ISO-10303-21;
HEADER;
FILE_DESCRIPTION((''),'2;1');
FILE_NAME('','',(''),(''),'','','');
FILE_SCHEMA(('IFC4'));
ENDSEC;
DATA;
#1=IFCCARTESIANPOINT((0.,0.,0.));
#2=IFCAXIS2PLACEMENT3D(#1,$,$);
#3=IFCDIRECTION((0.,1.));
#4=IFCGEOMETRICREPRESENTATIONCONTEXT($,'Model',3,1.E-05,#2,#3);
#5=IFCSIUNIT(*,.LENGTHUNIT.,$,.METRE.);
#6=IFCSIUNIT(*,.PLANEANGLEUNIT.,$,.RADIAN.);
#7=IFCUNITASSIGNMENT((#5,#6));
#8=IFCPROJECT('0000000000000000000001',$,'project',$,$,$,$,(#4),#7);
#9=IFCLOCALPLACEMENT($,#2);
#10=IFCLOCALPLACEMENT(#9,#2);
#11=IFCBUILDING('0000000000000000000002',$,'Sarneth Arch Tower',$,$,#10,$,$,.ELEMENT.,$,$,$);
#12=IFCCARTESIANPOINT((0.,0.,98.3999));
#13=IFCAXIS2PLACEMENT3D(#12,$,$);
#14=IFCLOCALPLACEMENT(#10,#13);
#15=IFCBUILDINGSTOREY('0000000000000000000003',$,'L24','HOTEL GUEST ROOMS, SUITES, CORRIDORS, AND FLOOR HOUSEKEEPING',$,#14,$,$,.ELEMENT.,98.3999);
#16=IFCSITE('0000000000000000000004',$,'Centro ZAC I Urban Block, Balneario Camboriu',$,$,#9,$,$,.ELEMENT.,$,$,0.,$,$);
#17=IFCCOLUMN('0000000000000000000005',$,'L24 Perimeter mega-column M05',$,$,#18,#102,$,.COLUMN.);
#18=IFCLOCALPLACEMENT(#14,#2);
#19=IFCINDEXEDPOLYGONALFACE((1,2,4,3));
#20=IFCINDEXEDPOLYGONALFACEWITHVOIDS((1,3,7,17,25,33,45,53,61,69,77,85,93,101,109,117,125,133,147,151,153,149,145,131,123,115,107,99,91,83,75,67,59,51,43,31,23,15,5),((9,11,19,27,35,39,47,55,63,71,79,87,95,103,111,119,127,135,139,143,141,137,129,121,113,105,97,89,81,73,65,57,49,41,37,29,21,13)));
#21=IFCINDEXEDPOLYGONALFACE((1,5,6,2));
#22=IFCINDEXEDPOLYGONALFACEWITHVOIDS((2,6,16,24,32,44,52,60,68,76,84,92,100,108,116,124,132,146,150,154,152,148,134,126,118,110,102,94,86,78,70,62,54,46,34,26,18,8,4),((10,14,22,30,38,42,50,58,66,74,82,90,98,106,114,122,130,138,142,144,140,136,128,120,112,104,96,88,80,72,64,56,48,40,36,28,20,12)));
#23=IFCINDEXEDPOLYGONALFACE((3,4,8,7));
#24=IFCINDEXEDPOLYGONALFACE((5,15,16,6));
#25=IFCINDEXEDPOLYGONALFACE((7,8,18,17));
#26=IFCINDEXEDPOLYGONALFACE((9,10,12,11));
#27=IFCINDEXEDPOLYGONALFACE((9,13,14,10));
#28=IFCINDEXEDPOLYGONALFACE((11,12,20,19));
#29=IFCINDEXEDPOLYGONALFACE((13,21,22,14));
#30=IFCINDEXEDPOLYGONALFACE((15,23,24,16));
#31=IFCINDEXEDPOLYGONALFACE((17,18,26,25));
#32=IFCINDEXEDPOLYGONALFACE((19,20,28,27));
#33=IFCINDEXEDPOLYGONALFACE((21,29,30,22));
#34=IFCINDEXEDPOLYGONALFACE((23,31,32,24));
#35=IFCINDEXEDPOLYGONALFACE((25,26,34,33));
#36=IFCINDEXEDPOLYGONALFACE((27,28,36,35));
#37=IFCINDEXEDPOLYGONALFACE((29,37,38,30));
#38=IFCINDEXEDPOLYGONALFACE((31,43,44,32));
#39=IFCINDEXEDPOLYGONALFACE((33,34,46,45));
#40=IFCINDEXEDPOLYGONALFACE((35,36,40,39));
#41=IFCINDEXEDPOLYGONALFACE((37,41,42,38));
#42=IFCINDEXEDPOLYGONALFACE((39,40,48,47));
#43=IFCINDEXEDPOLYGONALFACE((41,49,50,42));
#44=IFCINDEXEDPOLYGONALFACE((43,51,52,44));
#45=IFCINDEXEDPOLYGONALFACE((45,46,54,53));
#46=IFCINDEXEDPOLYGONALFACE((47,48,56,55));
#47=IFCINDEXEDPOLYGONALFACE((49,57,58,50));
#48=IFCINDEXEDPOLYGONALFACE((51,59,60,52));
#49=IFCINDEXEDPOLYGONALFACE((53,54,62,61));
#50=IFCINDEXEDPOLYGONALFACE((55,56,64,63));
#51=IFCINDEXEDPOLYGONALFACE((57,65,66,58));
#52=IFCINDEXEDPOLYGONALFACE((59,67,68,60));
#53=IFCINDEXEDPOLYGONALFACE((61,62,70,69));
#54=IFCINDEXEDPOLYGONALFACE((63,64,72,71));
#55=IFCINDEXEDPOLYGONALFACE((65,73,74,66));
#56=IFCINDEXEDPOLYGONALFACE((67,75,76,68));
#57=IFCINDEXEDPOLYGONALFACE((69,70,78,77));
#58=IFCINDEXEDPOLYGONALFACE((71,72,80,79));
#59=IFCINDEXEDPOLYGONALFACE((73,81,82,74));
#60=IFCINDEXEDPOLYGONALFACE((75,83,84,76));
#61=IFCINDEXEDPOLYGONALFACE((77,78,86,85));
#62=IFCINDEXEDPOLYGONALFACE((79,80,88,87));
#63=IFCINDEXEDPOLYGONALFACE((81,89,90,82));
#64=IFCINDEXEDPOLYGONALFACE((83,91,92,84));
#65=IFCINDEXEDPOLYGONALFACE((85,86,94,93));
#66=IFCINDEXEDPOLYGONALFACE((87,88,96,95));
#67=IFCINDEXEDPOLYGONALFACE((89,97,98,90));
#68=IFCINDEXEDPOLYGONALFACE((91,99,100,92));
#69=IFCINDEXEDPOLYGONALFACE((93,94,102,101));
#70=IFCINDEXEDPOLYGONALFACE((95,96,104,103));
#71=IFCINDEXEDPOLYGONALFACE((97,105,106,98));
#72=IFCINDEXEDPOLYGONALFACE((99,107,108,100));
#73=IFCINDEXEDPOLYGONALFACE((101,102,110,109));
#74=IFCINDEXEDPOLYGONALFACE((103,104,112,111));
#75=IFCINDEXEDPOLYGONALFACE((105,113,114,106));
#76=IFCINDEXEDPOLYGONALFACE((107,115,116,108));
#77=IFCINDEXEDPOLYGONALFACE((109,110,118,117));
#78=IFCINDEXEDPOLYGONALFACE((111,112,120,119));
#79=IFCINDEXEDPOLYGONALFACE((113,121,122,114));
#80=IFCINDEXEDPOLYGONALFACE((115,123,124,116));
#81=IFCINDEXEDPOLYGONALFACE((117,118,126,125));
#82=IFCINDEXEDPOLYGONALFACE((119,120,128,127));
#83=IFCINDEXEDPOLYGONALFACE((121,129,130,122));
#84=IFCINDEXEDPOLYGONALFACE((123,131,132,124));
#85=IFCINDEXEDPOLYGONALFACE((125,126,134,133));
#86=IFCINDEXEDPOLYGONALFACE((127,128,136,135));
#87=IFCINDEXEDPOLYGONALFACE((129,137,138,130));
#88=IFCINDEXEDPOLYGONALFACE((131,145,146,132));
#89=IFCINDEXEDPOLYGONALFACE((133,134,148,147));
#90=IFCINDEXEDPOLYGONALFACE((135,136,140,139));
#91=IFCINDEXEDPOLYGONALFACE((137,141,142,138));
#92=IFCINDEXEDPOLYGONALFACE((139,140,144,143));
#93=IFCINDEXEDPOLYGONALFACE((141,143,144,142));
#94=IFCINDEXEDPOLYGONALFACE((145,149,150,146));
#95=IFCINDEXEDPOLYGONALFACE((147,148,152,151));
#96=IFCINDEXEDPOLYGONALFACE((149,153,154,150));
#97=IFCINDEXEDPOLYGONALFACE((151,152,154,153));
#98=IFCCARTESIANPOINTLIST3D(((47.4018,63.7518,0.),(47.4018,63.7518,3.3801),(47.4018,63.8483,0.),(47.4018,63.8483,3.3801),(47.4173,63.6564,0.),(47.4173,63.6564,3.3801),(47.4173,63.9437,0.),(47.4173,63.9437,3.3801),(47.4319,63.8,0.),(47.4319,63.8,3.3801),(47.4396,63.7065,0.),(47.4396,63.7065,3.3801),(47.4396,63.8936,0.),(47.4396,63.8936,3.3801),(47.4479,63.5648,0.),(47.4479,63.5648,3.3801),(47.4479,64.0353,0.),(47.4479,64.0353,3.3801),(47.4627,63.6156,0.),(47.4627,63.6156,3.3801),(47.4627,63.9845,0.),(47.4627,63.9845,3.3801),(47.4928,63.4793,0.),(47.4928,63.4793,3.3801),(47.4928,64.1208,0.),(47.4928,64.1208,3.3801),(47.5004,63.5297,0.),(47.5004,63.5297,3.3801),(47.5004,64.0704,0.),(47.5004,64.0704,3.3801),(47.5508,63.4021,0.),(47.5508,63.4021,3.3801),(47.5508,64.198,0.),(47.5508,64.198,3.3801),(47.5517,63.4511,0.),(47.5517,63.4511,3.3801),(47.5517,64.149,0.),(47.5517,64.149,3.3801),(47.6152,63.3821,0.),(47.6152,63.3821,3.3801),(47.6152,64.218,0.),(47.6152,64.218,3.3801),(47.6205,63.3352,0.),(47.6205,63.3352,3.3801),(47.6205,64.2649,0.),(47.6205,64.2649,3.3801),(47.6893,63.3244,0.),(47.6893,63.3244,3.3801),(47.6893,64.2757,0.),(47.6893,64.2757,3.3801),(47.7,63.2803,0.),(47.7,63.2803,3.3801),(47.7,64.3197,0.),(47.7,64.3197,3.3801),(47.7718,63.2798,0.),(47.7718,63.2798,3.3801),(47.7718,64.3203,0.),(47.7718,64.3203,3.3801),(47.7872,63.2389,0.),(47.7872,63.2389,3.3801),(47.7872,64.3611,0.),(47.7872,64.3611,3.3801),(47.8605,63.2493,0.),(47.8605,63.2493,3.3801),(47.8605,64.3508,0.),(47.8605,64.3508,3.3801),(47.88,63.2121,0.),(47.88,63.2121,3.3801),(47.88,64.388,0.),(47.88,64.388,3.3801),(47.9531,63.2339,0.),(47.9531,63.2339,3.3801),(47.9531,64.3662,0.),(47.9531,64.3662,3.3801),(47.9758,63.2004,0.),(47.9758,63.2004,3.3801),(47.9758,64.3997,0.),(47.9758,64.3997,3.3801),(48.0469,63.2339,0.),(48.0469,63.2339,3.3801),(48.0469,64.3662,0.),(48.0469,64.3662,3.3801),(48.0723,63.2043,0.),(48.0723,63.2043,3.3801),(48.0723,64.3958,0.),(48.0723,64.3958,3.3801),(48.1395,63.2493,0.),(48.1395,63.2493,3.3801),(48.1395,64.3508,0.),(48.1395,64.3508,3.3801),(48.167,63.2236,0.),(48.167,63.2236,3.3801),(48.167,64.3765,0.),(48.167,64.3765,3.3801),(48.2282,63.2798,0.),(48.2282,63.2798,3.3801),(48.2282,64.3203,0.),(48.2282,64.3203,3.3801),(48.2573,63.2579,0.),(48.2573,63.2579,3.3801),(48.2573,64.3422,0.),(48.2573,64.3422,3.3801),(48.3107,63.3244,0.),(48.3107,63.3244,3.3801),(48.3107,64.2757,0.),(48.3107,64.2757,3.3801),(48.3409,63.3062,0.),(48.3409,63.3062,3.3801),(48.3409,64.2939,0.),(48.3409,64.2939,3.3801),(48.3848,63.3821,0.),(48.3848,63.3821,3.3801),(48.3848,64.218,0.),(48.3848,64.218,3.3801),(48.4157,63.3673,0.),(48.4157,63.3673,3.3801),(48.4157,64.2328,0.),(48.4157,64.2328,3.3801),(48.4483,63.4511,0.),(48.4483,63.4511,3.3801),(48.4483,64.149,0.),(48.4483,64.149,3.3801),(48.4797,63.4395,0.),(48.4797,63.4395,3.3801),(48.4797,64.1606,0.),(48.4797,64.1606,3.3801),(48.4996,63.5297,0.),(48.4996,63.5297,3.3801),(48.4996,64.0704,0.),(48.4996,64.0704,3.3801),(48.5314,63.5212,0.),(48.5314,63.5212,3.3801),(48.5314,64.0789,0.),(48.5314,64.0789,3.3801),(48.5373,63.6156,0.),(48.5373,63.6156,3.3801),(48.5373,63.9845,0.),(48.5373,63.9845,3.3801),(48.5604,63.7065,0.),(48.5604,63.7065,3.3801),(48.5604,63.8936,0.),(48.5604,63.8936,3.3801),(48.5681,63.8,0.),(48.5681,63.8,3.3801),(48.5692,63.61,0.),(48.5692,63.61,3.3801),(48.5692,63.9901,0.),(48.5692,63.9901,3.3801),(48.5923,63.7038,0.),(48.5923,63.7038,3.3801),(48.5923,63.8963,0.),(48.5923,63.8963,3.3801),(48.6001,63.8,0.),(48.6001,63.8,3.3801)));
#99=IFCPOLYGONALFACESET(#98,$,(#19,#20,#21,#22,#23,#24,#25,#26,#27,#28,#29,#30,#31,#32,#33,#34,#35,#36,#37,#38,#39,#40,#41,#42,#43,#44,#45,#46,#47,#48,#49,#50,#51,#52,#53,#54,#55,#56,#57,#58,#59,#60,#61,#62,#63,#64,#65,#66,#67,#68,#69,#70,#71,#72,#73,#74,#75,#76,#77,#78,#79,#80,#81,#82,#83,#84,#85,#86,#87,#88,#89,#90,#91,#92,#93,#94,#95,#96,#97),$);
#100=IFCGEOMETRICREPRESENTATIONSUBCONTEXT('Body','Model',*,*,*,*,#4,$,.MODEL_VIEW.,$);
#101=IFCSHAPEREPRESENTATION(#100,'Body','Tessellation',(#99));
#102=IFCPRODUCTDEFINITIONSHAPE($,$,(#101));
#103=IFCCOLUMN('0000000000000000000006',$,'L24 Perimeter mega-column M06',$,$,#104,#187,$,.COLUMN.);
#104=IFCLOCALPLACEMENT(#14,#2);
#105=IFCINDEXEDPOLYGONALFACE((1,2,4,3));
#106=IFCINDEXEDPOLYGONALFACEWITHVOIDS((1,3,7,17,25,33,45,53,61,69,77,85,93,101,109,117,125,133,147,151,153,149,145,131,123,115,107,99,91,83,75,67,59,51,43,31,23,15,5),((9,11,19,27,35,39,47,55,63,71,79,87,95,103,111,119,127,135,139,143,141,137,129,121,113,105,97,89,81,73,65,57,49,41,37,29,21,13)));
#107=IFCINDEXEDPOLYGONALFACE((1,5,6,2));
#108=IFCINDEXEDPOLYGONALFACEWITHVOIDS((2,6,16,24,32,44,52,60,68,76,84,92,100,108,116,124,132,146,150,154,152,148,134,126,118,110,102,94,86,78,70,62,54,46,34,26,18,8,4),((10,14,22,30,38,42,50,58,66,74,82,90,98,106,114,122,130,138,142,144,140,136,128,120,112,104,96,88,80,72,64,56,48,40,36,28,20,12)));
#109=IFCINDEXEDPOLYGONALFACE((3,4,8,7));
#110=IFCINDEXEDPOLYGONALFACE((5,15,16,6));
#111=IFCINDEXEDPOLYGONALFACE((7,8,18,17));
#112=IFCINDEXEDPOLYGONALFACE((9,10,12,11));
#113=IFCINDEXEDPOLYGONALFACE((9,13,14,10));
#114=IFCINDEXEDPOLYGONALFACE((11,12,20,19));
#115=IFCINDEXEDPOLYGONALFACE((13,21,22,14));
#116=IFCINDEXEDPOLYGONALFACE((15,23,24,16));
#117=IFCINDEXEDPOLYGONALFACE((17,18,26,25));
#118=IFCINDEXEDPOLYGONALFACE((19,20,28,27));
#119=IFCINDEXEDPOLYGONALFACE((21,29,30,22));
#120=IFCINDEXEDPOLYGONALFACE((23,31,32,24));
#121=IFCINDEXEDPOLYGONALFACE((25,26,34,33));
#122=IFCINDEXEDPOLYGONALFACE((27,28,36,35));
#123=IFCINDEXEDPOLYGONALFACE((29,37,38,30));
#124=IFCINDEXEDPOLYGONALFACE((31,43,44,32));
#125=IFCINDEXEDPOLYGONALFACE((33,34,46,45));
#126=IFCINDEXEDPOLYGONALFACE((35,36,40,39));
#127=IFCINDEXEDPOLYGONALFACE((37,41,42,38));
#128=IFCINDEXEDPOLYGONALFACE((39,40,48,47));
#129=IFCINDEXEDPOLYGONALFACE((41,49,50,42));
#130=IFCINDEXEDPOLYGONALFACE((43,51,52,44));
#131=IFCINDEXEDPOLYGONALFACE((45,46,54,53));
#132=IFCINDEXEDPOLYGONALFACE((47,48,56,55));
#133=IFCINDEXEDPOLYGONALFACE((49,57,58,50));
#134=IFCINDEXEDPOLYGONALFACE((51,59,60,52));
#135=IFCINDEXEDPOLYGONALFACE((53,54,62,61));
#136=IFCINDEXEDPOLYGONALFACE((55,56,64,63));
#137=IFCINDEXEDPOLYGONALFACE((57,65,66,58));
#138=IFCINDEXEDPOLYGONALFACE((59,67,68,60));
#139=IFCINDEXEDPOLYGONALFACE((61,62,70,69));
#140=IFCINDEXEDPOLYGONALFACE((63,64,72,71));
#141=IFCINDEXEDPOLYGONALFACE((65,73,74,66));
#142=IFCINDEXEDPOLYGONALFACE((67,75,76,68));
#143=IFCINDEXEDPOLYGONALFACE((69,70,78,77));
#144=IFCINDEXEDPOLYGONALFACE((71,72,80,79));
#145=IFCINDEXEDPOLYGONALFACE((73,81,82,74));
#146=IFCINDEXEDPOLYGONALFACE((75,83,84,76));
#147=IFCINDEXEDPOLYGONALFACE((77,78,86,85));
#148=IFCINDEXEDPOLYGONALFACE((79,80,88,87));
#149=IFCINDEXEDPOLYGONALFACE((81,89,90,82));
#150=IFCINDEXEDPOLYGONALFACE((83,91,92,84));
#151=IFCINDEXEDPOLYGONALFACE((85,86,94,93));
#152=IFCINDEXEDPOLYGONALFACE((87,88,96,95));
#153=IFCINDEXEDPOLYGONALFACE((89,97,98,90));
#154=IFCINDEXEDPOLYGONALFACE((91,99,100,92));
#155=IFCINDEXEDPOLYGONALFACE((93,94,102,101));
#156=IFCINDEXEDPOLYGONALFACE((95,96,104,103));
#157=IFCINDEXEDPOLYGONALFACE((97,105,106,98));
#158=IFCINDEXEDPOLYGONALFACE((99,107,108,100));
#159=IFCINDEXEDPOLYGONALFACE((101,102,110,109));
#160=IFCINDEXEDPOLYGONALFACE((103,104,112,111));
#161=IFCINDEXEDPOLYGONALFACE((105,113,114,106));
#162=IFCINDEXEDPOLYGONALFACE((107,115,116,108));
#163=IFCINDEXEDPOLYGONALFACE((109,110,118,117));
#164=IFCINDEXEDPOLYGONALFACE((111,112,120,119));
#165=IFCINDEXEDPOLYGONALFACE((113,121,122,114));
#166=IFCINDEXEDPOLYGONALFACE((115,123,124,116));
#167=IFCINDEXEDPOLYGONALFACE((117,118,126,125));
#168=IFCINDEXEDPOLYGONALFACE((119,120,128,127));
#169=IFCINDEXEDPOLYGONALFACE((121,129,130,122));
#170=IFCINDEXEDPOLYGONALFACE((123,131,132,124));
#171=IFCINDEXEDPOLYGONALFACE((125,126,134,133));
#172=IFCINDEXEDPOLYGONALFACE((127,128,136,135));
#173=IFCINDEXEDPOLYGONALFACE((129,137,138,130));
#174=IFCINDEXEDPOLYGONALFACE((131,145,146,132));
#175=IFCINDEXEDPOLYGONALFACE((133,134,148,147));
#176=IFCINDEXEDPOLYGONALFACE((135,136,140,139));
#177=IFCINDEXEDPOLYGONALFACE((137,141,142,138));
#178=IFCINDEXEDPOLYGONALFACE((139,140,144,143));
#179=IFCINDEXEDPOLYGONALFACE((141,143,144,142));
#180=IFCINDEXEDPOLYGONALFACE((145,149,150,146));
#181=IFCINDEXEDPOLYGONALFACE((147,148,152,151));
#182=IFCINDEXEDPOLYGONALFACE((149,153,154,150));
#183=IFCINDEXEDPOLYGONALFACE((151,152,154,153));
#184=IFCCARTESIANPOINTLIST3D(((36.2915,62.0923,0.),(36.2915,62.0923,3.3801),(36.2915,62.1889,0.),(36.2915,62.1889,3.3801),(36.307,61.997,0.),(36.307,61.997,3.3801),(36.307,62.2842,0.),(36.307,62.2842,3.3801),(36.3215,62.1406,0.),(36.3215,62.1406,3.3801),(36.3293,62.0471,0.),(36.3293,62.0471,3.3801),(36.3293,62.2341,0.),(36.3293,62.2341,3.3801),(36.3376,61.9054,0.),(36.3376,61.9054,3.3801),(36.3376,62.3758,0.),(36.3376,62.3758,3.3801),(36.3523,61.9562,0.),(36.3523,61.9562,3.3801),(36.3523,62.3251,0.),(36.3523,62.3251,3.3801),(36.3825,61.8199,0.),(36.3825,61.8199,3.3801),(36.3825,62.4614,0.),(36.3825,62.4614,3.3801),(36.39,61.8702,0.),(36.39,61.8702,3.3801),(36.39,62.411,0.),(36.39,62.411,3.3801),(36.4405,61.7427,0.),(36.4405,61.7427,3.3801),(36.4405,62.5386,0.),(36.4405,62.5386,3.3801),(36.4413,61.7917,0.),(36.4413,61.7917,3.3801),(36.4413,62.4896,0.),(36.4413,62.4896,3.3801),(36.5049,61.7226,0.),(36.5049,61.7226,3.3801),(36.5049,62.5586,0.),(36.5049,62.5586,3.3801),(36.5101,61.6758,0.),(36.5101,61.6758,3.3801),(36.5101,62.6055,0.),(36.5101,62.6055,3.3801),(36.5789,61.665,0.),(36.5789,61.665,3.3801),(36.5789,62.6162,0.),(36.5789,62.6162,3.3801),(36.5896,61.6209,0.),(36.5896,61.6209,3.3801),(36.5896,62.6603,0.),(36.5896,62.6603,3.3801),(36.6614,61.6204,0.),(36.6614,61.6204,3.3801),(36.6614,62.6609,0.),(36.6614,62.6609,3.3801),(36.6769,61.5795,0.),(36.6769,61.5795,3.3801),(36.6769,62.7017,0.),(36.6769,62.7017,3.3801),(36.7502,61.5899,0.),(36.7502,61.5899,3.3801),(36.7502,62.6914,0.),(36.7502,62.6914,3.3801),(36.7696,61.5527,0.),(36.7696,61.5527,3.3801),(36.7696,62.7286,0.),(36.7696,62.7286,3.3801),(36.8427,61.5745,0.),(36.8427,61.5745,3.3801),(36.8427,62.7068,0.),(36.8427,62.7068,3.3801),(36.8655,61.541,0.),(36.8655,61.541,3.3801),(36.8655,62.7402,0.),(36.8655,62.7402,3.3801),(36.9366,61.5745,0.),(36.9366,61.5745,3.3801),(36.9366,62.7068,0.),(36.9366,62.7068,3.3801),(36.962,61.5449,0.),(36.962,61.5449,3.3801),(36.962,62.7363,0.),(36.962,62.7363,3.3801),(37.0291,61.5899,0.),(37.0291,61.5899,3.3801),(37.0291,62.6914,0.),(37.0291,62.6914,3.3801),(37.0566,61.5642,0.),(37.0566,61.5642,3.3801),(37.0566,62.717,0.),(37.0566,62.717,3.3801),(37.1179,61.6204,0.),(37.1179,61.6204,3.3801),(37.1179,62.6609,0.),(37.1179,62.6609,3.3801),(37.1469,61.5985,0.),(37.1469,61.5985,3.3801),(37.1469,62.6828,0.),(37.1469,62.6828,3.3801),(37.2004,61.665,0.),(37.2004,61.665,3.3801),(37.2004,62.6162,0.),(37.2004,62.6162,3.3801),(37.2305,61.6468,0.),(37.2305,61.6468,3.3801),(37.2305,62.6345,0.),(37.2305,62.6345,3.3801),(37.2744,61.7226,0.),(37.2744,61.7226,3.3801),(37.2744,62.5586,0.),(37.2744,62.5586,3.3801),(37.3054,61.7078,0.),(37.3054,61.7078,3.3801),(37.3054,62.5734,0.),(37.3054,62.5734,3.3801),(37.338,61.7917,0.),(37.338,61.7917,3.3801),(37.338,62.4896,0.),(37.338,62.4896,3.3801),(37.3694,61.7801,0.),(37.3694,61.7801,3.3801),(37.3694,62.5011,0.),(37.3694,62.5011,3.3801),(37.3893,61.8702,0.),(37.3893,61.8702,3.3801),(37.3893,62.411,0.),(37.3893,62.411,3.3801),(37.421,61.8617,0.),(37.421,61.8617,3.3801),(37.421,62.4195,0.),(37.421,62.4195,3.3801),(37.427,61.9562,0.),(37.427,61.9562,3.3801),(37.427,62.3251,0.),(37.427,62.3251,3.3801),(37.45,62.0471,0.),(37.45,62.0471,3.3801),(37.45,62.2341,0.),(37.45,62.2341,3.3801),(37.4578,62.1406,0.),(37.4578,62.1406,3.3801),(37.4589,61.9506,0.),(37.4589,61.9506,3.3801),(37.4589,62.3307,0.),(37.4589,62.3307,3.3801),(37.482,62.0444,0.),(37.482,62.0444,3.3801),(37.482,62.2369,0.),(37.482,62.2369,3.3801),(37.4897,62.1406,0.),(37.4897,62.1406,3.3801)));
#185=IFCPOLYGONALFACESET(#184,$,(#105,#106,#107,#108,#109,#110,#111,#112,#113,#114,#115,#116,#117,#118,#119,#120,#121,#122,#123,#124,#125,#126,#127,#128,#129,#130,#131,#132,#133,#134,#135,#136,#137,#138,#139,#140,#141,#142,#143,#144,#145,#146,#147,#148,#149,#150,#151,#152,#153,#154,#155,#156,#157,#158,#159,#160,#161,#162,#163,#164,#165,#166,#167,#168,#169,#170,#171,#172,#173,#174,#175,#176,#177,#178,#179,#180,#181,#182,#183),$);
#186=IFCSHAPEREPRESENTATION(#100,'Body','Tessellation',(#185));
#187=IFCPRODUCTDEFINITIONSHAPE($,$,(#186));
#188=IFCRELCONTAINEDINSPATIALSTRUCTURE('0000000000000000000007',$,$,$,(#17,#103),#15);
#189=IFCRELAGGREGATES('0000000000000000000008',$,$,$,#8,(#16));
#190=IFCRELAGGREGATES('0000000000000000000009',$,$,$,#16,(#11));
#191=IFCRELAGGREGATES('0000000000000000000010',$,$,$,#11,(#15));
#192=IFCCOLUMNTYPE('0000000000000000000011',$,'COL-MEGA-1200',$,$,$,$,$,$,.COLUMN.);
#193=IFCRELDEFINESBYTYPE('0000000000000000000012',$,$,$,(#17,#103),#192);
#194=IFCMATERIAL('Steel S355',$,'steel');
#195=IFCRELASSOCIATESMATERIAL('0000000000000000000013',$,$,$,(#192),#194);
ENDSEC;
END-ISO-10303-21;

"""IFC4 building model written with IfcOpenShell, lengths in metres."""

from ifc_helpers import new_model, si_unit, direction, frame, origin, origin_2d, place, context, subcontext, project, spatial, hollow_circle, extrude, material, material_profile, profile_set, type_object, element, save


model = new_model("IFC4")

# Units and contexts
model_context = context("Model", 3, precision=1e-05, world=origin(), true_north=direction((0.0, 1.0)))
body_context = subcontext(model_context, "Body", "Model", "MODEL_VIEW")
ifc_project = project(units=[si_unit("LENGTHUNIT", "METRE"), si_unit("PLANEANGLEUNIT", "RADIAN")], contexts=[model_context])

# Site, building, storey
site_placement = place(None, origin())
site = spatial("IfcSite", under=ifc_project, at=site_placement, Name="Centro ZAC I Urban Block, Balneario Camboriu", CompositionType="ELEMENT", RefElevation=0.0)
building_placement = place(site_placement, origin())
building = spatial("IfcBuilding", under=site, at=building_placement, Name="Sarneth Arch Tower", CompositionType="ELEMENT")
storey_placement = place(building_placement, frame((0.0, 0.0, 98.3999)))
storey = spatial("IfcBuildingStorey", under=building, at=storey_placement, Name="L24", Description="HOTEL GUEST ROOMS, SUITES, CORRIDORS, AND FLOOR HOUSEKEEPING", CompositionType="ELEMENT", Elevation=98.3999)

# Columns
ifc_material_1 = material(Name="Steel S355", Category="steel")
ifc_material_profile_1 = material_profile(ifc_material_1, hollow_circle(Radius=0.6001, WallThickness=0.032, at=origin_2d()), Name="CHS1200x32")
ifc_profile_set_1 = profile_set([ifc_material_profile_1], Name="Steel S355")
column_type = type_object("IfcColumnType", Name="COL-MEGA-1200", PredefinedType="COLUMN", material=ifc_profile_set_1)
for number, where, z_axis, x_axis, name in (
    (1, (48.0, 63.8, 0.0), (0.0, 0.0, 1.0), (1.0, 0.0, 0.0), "L24 Perimeter mega-column M05"),
    (2, (36.8896, 62.1406, 0.0), (0.0, 0.0, 1.0), (1.0, 0.0, 0.0), "L24 Perimeter mega-column M06"),
):
    element("IfcColumn", number, at=place(storey_placement, frame(where, z_axis=z_axis, x_axis=x_axis)), inside=storey, type_object=column_type, Name=name, PredefinedType="COLUMN", context=body_context, shape_type="SweptSolid", body=[
        extrude(hollow_circle(Radius=0.6001, WallThickness=0.032, at=origin_2d()), origin(), (0.0, 0.0, 1.0), 3.3801),
    ])

save(model, "model.ifc")
